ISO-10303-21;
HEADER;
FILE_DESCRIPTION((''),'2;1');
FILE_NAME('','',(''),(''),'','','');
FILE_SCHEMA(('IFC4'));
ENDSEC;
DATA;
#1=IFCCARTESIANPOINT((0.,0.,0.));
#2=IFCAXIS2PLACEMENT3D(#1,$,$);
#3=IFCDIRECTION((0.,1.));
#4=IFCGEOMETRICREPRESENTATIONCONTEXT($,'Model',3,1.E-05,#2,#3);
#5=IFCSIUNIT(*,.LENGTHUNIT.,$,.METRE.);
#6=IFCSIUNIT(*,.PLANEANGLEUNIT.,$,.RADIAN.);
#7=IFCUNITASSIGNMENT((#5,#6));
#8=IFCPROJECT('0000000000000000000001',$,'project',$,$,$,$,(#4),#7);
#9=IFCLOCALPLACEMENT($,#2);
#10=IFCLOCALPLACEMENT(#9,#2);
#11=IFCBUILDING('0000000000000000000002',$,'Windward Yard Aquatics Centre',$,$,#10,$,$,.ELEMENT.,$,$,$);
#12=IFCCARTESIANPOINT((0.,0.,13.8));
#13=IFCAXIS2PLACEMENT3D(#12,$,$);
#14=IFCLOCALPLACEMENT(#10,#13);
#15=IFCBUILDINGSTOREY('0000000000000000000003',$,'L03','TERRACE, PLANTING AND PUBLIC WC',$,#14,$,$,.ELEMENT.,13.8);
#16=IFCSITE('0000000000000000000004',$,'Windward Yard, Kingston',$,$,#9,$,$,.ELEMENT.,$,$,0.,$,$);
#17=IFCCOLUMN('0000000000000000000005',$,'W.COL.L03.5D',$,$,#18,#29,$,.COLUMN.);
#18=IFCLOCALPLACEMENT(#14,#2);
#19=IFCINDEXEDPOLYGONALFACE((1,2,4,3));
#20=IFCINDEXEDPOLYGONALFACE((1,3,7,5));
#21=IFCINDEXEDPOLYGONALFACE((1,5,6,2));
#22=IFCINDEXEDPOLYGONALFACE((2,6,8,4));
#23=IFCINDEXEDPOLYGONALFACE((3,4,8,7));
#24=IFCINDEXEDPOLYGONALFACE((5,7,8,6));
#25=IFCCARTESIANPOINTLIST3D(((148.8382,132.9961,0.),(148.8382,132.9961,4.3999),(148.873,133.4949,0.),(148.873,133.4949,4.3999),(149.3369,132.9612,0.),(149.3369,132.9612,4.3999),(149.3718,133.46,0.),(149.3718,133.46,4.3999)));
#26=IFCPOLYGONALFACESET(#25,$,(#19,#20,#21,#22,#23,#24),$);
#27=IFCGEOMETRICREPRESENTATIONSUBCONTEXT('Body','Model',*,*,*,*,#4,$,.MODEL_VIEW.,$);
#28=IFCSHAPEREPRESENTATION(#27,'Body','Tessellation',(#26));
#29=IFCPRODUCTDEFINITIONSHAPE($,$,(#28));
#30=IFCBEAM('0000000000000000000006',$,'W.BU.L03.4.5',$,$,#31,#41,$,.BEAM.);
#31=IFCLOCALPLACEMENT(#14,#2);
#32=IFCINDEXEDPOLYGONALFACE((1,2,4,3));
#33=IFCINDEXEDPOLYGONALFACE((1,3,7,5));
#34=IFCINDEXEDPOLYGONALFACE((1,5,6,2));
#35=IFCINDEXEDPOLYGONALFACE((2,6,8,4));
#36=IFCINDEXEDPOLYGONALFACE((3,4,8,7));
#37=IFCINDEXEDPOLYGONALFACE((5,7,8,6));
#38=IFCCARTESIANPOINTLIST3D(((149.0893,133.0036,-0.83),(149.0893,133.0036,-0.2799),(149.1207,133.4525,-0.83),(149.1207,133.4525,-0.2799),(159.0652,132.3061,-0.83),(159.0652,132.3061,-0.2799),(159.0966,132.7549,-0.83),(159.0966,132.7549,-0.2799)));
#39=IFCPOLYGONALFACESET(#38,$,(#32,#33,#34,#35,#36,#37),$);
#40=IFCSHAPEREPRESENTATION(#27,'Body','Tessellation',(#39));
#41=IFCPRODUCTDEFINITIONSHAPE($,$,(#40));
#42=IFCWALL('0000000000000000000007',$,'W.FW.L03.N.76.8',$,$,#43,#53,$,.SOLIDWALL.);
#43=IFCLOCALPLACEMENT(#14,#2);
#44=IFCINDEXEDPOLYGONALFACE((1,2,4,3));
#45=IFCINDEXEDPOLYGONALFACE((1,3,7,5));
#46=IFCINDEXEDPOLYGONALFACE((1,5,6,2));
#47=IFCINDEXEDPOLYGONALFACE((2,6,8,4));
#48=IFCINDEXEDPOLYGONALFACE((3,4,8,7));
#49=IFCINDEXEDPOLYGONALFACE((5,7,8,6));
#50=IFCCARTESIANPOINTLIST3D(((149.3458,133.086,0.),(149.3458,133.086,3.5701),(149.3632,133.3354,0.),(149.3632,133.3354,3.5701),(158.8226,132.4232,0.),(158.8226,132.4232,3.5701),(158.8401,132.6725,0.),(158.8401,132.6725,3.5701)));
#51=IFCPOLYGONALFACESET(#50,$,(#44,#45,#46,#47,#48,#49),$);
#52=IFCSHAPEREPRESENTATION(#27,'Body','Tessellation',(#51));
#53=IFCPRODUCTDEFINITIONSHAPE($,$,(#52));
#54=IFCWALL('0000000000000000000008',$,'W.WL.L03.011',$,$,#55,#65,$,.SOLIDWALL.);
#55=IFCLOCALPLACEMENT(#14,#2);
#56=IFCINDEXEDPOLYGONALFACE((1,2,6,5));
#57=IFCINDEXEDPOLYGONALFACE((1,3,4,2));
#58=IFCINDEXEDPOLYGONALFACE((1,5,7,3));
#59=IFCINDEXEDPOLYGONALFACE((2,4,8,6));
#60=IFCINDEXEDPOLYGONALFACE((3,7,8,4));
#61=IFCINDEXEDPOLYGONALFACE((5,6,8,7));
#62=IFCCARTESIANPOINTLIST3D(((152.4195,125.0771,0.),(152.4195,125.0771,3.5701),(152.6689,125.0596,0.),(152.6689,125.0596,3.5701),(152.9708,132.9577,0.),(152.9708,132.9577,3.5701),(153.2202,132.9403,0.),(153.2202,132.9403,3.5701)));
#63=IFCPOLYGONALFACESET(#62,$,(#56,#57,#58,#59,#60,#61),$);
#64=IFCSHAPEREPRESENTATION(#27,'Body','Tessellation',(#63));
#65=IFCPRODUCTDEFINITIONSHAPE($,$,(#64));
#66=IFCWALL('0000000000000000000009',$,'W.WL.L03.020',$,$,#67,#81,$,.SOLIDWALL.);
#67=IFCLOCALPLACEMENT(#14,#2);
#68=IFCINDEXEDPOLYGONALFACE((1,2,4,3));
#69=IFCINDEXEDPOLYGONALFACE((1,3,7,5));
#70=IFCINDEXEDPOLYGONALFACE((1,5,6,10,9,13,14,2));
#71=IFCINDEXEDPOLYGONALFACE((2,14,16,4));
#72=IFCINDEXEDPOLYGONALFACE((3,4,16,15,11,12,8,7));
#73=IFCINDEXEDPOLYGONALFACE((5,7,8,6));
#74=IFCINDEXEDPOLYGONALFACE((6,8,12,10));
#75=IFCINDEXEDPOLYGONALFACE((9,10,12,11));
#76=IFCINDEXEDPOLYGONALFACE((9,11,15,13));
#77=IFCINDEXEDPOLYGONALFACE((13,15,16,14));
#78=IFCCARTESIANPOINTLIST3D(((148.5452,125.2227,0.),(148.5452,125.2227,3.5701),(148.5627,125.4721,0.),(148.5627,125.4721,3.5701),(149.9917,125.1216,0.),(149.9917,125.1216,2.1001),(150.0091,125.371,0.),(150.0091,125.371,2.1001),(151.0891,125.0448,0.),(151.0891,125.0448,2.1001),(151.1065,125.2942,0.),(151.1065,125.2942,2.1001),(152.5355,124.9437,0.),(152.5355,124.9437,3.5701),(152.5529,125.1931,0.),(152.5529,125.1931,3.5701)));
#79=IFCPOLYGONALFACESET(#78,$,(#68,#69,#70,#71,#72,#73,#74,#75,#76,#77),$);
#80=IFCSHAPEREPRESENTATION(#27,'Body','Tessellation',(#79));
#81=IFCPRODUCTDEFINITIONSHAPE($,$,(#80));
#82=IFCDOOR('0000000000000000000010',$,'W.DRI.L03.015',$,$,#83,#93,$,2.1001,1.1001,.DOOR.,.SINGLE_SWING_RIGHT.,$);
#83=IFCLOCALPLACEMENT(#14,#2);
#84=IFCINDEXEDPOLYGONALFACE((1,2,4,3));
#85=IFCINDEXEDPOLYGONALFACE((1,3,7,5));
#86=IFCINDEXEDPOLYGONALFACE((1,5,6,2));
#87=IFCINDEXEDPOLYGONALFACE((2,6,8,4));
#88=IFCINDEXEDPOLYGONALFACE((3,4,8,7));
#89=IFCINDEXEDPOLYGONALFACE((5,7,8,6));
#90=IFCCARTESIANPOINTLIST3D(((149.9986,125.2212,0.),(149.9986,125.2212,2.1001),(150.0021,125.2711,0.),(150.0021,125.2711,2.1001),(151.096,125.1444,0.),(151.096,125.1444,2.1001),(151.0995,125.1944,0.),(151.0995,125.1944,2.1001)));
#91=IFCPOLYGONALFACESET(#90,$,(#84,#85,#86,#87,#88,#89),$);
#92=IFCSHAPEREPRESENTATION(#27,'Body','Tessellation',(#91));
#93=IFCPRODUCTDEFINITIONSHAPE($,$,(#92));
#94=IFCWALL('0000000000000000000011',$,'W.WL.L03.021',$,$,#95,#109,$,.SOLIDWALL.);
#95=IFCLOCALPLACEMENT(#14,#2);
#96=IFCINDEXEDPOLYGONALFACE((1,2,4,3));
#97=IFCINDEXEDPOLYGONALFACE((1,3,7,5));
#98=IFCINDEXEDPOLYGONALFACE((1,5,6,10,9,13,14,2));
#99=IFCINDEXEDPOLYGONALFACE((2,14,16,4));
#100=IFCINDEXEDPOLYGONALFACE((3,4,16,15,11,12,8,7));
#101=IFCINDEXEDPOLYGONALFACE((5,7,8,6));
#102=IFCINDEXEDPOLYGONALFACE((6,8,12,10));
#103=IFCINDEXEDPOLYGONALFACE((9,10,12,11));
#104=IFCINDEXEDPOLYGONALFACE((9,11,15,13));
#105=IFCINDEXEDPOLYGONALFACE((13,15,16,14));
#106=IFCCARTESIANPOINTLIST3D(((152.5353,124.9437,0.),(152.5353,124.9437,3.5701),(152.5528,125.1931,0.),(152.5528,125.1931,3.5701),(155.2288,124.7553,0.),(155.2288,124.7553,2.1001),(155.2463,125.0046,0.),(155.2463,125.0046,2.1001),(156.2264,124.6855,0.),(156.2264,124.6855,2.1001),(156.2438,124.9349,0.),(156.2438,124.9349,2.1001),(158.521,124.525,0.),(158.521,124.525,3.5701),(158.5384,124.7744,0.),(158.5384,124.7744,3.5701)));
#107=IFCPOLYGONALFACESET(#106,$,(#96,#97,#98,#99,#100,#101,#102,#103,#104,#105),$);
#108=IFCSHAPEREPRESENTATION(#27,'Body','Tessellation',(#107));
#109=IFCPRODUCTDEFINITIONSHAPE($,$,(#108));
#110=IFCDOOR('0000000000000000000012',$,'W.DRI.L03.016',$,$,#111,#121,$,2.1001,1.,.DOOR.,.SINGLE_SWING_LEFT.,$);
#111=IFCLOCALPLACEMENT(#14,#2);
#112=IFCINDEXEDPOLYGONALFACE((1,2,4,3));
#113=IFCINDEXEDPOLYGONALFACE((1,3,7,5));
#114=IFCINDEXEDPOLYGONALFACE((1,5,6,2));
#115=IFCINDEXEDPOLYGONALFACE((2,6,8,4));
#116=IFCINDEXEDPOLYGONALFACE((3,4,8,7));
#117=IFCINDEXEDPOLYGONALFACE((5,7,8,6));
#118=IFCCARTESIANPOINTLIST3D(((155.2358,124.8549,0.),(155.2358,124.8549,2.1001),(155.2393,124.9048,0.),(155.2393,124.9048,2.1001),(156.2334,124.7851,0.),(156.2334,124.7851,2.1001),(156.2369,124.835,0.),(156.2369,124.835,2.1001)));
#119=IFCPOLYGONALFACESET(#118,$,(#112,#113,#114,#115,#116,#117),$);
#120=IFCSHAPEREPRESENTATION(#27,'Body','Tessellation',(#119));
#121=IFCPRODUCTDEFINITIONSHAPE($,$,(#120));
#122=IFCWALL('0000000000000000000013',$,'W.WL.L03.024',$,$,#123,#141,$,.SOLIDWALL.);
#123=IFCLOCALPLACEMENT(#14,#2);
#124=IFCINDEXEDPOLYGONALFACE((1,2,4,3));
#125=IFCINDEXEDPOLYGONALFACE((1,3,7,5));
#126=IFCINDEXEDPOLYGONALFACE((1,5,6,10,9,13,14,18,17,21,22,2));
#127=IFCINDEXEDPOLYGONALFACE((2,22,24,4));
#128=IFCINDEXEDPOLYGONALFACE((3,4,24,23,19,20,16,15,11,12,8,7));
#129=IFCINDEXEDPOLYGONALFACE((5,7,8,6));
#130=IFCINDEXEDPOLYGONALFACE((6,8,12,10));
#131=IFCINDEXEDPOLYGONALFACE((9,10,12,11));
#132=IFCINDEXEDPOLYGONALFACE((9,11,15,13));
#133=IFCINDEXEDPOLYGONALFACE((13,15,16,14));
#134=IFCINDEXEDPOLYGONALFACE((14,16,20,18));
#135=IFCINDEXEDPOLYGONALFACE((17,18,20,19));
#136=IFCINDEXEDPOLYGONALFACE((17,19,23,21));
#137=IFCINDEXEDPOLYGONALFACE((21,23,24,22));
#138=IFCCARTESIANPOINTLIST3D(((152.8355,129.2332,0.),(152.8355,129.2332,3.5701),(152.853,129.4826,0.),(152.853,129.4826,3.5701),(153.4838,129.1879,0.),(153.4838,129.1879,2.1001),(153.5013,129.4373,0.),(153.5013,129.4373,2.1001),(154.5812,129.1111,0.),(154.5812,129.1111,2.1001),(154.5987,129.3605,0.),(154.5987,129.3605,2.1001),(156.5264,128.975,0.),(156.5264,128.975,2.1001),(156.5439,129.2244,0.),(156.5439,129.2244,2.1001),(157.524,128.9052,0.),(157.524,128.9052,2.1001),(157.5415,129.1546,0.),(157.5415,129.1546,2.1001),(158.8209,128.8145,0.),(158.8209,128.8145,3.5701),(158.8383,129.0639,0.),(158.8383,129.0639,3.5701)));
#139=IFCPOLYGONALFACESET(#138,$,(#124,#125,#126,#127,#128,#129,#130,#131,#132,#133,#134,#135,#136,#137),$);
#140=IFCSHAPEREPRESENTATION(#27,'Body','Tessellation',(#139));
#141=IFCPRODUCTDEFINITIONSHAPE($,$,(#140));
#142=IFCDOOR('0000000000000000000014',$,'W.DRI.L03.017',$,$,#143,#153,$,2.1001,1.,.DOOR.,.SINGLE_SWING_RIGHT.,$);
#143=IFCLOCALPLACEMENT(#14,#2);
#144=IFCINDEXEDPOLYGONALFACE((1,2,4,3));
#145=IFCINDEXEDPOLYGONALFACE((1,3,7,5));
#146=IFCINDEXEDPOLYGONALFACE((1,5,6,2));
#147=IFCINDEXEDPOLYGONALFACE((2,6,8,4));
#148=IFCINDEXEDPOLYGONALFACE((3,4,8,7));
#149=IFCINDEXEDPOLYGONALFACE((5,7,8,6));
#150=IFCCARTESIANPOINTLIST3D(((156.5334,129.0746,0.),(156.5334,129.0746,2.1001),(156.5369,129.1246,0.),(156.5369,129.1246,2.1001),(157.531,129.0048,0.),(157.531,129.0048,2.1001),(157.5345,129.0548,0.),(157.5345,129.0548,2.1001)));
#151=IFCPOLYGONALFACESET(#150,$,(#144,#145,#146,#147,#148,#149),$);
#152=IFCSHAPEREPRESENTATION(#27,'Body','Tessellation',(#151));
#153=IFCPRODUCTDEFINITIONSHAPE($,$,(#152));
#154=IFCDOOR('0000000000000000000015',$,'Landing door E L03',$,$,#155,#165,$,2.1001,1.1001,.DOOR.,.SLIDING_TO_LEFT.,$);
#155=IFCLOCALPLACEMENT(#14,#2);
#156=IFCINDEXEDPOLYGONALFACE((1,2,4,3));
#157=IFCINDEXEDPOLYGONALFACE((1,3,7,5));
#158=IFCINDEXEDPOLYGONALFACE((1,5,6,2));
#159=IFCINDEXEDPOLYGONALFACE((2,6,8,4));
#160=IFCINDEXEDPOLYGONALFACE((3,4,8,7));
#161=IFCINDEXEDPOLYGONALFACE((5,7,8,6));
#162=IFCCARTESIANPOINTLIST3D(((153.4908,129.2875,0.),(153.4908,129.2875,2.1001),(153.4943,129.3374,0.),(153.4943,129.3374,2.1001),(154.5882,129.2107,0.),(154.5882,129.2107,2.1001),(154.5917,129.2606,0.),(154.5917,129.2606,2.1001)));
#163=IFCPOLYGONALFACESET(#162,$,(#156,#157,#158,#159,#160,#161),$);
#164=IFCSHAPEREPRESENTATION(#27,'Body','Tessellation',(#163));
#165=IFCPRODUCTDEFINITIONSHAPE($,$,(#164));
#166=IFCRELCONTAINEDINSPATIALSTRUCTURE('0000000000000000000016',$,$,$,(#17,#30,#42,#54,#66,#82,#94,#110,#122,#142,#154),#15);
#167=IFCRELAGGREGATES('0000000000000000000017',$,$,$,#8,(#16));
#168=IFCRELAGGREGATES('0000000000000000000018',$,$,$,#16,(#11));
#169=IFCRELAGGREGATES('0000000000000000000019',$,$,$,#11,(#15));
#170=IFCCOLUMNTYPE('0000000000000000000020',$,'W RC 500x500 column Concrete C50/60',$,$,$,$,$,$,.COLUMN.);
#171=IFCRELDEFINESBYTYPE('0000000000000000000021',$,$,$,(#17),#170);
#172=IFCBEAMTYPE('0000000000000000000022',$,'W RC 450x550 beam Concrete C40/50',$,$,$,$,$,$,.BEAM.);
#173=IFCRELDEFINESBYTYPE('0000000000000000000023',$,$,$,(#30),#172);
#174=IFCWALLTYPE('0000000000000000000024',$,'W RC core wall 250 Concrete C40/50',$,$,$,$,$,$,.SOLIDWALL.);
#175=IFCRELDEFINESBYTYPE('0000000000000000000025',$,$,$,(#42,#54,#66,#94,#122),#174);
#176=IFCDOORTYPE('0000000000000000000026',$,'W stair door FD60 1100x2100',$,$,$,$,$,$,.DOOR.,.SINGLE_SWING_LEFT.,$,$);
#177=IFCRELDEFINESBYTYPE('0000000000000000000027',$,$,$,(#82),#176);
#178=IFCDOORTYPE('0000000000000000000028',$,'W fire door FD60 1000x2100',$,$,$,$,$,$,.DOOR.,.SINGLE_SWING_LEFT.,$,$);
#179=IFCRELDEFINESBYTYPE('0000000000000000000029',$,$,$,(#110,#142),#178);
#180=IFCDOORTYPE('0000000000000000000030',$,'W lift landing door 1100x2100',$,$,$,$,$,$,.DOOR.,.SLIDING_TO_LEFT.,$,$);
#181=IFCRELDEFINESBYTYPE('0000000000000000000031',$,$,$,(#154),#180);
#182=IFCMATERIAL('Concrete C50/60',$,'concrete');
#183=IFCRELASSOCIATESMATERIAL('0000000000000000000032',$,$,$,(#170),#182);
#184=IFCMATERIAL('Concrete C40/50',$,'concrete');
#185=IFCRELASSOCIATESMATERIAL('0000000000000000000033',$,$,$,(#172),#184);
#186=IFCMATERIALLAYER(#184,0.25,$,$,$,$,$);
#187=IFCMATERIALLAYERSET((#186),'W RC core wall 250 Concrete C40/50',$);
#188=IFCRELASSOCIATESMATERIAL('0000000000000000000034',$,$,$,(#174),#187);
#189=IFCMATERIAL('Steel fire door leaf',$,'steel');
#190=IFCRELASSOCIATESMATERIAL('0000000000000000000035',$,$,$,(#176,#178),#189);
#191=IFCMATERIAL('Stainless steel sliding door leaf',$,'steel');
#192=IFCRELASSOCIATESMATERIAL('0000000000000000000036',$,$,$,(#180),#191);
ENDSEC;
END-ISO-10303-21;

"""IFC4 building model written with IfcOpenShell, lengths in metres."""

from ifc_helpers import new_model, si_unit, direction, frame, frame_2d, origin, origin_2d, place, context, subcontext, project, spatial, rectangle, extrude, material, layer, layer_set, material_profile, profile_set, type_object, element, fill, save


model = new_model("IFC4")

# Units and contexts
model_context = context("Model", 3, precision=1e-05, world=origin(), true_north=direction((0.0, 1.0)))
body_context = subcontext(model_context, "Body", "Model", "MODEL_VIEW")
ifc_project = project(units=[si_unit("LENGTHUNIT", "METRE"), si_unit("PLANEANGLEUNIT", "RADIAN")], contexts=[model_context])

# Site, building, storey
site_placement = place(None, origin())
site = spatial("IfcSite", under=ifc_project, at=site_placement, Name="Windward Yard, Kingston", CompositionType="ELEMENT", RefElevation=0.0)
building_placement = place(site_placement, origin())
building = spatial("IfcBuilding", under=site, at=building_placement, Name="Windward Yard Aquatics Centre", CompositionType="ELEMENT")
storey_placement = place(building_placement, frame((0.0, 0.0, 13.8)))
storey = spatial("IfcBuildingStorey", under=building, at=storey_placement, Name="L03", Description="TERRACE, PLANTING AND PUBLIC WC", CompositionType="ELEMENT", Elevation=13.8)

# Column
ifc_material_1 = material(Name="Concrete C50/60", Category="concrete")
ifc_material_profile_1 = material_profile(ifc_material_1, rectangle(XDim=0.5, YDim=0.5, at=origin_2d()), Name="RC 500x500")
ifc_profile_set_1 = profile_set([ifc_material_profile_1], Name="Concrete C50/60")
column_type = type_object("IfcColumnType", Name="W RC 500x500 column Concrete C50/60", PredefinedType="COLUMN", material=ifc_profile_set_1)
column_placement = place(storey_placement, frame((149.105, 133.228, 0.0), z_axis=(0.0, 0.0, 1.0), x_axis=(0.997564, -0.069756, 0.0)))
element("IfcColumn", 1, at=column_placement, inside=storey, type_object=column_type, Name="W.COL.L03.5D", PredefinedType="COLUMN", context=body_context, shape_type="SweptSolid", body=[
    extrude(rectangle(XDim=0.5, YDim=0.5, at=origin_2d()), origin(), (0.0, 0.0, 1.0), 4.3999),
])

# Beam
ifc_material_2 = material(Name="Concrete C40/50", Category="concrete")
ifc_material_profile_2 = material_profile(ifc_material_2, rectangle(XDim=0.45, YDim=0.55, at=origin_2d()), Name="RC 450x550")
ifc_profile_set_2 = profile_set([ifc_material_profile_2], Name="Concrete C40/50")
beam_type = type_object("IfcBeamType", Name="W RC 450x550 beam Concrete C40/50", PredefinedType="BEAM", material=ifc_profile_set_2)
beam_placement = place(storey_placement, frame((149.105, 133.228, -0.5549), z_axis=(0.997565, -0.06975, 0.0), x_axis=(0.06975, 0.997565, 0.0)))
element("IfcBeam", 2, at=beam_placement, inside=storey, type_object=beam_type, Name="W.BU.L03.4.5", PredefinedType="BEAM", context=body_context, shape_type="SweptSolid", body=[
    extrude(rectangle(XDim=0.45, YDim=0.55, at=origin_2d()), origin(), (0.0, 0.0, 1.0), 10.0002),
])

# Walls
ifc_layer = layer(ifc_material_2, 0.25)
ifc_layer_set = layer_set([ifc_layer], Name="W RC core wall 250 Concrete C40/50")
wall_type = type_object("IfcWallType", Name="W RC core wall 250 Concrete C40/50", PredefinedType="SOLIDWALL", material=ifc_layer_set)
wall_1_placement = place(storey_placement, frame((149.3545, 133.2107, 0.0), z_axis=(0.0, 0.0, 1.0), x_axis=(0.997563, -0.069773, 0.0)))
element("IfcWall", 3, at=wall_1_placement, inside=storey, type_object=wall_type, Name="W.FW.L03.N.76.8", PredefinedType="SOLIDWALL", context=body_context, shape_type="SweptSolid", body=[
    extrude(rectangle(XDim=9.5, YDim=0.25, at=frame_2d((4.75, 0.0))), origin(), (0.0, 0.0, 1.0), 3.5701),
])
wall_2_placement = place(storey_placement, frame((152.5442, 125.0684, 0.0), z_axis=(0.0, 0.0, 1.0), x_axis=(0.069782, 0.997562, 0.0)))
element("IfcWall", 4, at=wall_2_placement, inside=storey, type_object=wall_type, Name="W.WL.L03.011", PredefinedType="SOLIDWALL", context=body_context, shape_type="SweptSolid", body=[
    extrude(rectangle(XDim=7.8999, YDim=0.25, at=frame_2d((3.95, 0.0))), origin(), (0.0, 0.0, 1.0), 3.5701),
])

# Walls, openings, doors
wall_3_placement = place(storey_placement, frame((148.554, 125.3474, 0.0), z_axis=(0.0, 0.0, 1.0), x_axis=(0.997564, -0.069764, 0.0)))
wall_3 = element("IfcWall", 5, at=wall_3_placement, inside=storey, type_object=wall_type, Name="W.WL.L03.020", PredefinedType="SOLIDWALL", context=body_context, shape_type="SweptSolid", body=[
    extrude(rectangle(XDim=4.0, YDim=0.25, at=frame_2d((2.0, 0.0))), origin(), (0.0, 0.0, 1.0), 3.5701),
])
opening_1_placement = place(wall_3_placement, frame((1.45, 0.0, 0.0)))
opening_1 = element("IfcOpeningElement", 6, at=opening_1_placement, cuts=wall_3, PredefinedType="OPENING", context=body_context, shape_type="SweptSolid", body=[
    extrude(rectangle(XDim=1.1001, YDim=2.1001, at=frame_2d((0.55, 1.05))), frame((0.0, 0.135, 0.0), z_axis=(0.0, -1.0, 0.0), x_axis=(1.0, 0.0, 0.0)), (0.0, 0.0, 1.0), 0.27),
])
ifc_material_3 = material(Name="Steel fire door leaf", Category="steel")
door_type_1 = type_object("IfcDoorType", Name="W stair door FD60 1100x2100", OperationType="SINGLE_SWING_LEFT", PredefinedType="DOOR", material=ifc_material_3)
door_1_placement = place(opening_1_placement, origin())
door_1 = element("IfcDoor", 7, at=door_1_placement, inside=storey, type_object=door_type_1, Name="W.DRI.L03.015", OperationType="SINGLE_SWING_RIGHT", OverallHeight=2.1001, OverallWidth=1.1001, PredefinedType="DOOR", context=body_context, shape_type="SweptSolid", body=[
    extrude(rectangle(XDim=1.1001, YDim=2.1001, at=frame_2d((0.55, 1.05))), frame((0.0, 0.0249, 0.0), z_axis=(0.0, -1.0, 0.0), x_axis=(1.0, 0.0, 0.0)), (0.0, 0.0, 1.0), 0.05),
])
fill(opening_1, door_1)
wall_4_placement = place(storey_placement, frame((152.5442, 125.0684, 0.0), z_axis=(0.0, 0.0, 1.0), x_axis=(0.997562, -0.069781, 0.0)))
wall_4 = element("IfcWall", 8, at=wall_4_placement, inside=storey, type_object=wall_type, Name="W.WL.L03.021", PredefinedType="SOLIDWALL", context=body_context, shape_type="SweptSolid", body=[
    extrude(rectangle(XDim=6.0002, YDim=0.25, at=frame_2d((3.0, 0.0))), origin(), (0.0, 0.0, 1.0), 3.5701),
])
opening_2_placement = place(wall_4_placement, frame((2.7, 0.0, 0.0)))
opening_2 = element("IfcOpeningElement", 9, at=opening_2_placement, cuts=wall_4, PredefinedType="OPENING", context=body_context, shape_type="SweptSolid", body=[
    extrude(rectangle(XDim=1.0, YDim=2.1001, at=frame_2d((0.5, 1.05))), frame((0.0, 0.135, 0.0), z_axis=(0.0, -1.0, 0.0), x_axis=(1.0, 0.0, 0.0)), (0.0, 0.0, 1.0), 0.27),
])
door_type_2 = type_object("IfcDoorType", Name="W fire door FD60 1000x2100", OperationType="SINGLE_SWING_LEFT", PredefinedType="DOOR", material=ifc_material_3)
door_2_placement = place(opening_2_placement, origin())
door_2 = element("IfcDoor", 10, at=door_2_placement, inside=storey, type_object=door_type_2, Name="W.DRI.L03.016", OperationType="SINGLE_SWING_LEFT", OverallHeight=2.1001, OverallWidth=1.0, PredefinedType="DOOR", context=body_context, shape_type="SweptSolid", body=[
    extrude(rectangle(XDim=1.0, YDim=2.1001, at=frame_2d((0.5, 1.05))), frame((0.0, 0.0249, 0.0), z_axis=(0.0, -1.0, 0.0), x_axis=(1.0, 0.0, 0.0)), (0.0, 0.0, 1.0), 0.05),
])
fill(opening_2, door_2)

# Wall, openings, doors
wall_5_placement = place(storey_placement, frame((152.8442, 129.3579, 0.0), z_axis=(0.0, 0.0, 1.0), x_axis=(0.997562, -0.069784, 0.0)))
wall_5 = element("IfcWall", 11, at=wall_5_placement, inside=storey, type_object=wall_type, Name="W.WL.L03.024", PredefinedType="SOLIDWALL", context=body_context, shape_type="SweptSolid", body=[
    extrude(rectangle(XDim=6.0, YDim=0.25, at=frame_2d((3.0, 0.0))), origin(), (0.0, 0.0, 1.0), 3.5701),
])
opening_3_placement = place(wall_5_placement, frame((3.7, 0.0, 0.0)))
opening_3 = element("IfcOpeningElement", 12, at=opening_3_placement, cuts=wall_5, PredefinedType="OPENING", context=body_context, shape_type="SweptSolid", body=[
    extrude(rectangle(XDim=1.0, YDim=2.1001, at=frame_2d((0.5, 1.05))), frame((0.0, 0.135, 0.0), z_axis=(0.0, -1.0, 0.0), x_axis=(1.0, 0.0, 0.0)), (0.0, 0.0, 1.0), 0.27),
])
opening_4_placement = place(wall_5_placement, frame((0.6499, 0.0, 0.0)))
opening_4 = element("IfcOpeningElement", 13, at=opening_4_placement, cuts=wall_5, PredefinedType="OPENING", context=body_context, shape_type="SweptSolid", body=[
    extrude(rectangle(XDim=1.1001, YDim=2.1001, at=frame_2d((0.55, 1.05))), frame((0.0, 0.135, 0.0), z_axis=(0.0, -1.0, 0.0), x_axis=(1.0, 0.0, 0.0)), (0.0, 0.0, 1.0), 0.27),
])
door_3_placement = place(opening_3_placement, origin())
door_3 = element("IfcDoor", 14, at=door_3_placement, inside=storey, type_object=door_type_2, Name="W.DRI.L03.017", OperationType="SINGLE_SWING_RIGHT", OverallHeight=2.1001, OverallWidth=1.0, PredefinedType="DOOR", context=body_context, shape_type="SweptSolid", body=[
    extrude(rectangle(XDim=1.0, YDim=2.1001, at=frame_2d((0.5, 1.05))), frame((0.0, 0.0249, 0.0), z_axis=(0.0, -1.0, 0.0), x_axis=(1.0, 0.0, 0.0)), (0.0, 0.0, 1.0), 0.05),
])
fill(opening_3, door_3)
ifc_material_4 = material(Name="Stainless steel sliding door leaf", Category="steel")
door_type_3 = type_object("IfcDoorType", Name="W lift landing door 1100x2100", OperationType="SLIDING_TO_LEFT", PredefinedType="DOOR", material=ifc_material_4)
door_4_placement = place(opening_4_placement, origin())
door_4 = element("IfcDoor", 15, at=door_4_placement, inside=storey, type_object=door_type_3, Name="Landing door E L03", OperationType="SLIDING_TO_LEFT", OverallHeight=2.1001, OverallWidth=1.1001, PredefinedType="DOOR", context=body_context, shape_type="SweptSolid", body=[
    extrude(rectangle(XDim=1.1001, YDim=2.1001, at=frame_2d((0.55, 1.05))), frame((0.0, 0.0249, 0.0), z_axis=(0.0, -1.0, 0.0), x_axis=(1.0, 0.0, 0.0)), (0.0, 0.0, 1.0), 0.05),
])
fill(opening_4, door_4)

save(model, "model.ifc")
